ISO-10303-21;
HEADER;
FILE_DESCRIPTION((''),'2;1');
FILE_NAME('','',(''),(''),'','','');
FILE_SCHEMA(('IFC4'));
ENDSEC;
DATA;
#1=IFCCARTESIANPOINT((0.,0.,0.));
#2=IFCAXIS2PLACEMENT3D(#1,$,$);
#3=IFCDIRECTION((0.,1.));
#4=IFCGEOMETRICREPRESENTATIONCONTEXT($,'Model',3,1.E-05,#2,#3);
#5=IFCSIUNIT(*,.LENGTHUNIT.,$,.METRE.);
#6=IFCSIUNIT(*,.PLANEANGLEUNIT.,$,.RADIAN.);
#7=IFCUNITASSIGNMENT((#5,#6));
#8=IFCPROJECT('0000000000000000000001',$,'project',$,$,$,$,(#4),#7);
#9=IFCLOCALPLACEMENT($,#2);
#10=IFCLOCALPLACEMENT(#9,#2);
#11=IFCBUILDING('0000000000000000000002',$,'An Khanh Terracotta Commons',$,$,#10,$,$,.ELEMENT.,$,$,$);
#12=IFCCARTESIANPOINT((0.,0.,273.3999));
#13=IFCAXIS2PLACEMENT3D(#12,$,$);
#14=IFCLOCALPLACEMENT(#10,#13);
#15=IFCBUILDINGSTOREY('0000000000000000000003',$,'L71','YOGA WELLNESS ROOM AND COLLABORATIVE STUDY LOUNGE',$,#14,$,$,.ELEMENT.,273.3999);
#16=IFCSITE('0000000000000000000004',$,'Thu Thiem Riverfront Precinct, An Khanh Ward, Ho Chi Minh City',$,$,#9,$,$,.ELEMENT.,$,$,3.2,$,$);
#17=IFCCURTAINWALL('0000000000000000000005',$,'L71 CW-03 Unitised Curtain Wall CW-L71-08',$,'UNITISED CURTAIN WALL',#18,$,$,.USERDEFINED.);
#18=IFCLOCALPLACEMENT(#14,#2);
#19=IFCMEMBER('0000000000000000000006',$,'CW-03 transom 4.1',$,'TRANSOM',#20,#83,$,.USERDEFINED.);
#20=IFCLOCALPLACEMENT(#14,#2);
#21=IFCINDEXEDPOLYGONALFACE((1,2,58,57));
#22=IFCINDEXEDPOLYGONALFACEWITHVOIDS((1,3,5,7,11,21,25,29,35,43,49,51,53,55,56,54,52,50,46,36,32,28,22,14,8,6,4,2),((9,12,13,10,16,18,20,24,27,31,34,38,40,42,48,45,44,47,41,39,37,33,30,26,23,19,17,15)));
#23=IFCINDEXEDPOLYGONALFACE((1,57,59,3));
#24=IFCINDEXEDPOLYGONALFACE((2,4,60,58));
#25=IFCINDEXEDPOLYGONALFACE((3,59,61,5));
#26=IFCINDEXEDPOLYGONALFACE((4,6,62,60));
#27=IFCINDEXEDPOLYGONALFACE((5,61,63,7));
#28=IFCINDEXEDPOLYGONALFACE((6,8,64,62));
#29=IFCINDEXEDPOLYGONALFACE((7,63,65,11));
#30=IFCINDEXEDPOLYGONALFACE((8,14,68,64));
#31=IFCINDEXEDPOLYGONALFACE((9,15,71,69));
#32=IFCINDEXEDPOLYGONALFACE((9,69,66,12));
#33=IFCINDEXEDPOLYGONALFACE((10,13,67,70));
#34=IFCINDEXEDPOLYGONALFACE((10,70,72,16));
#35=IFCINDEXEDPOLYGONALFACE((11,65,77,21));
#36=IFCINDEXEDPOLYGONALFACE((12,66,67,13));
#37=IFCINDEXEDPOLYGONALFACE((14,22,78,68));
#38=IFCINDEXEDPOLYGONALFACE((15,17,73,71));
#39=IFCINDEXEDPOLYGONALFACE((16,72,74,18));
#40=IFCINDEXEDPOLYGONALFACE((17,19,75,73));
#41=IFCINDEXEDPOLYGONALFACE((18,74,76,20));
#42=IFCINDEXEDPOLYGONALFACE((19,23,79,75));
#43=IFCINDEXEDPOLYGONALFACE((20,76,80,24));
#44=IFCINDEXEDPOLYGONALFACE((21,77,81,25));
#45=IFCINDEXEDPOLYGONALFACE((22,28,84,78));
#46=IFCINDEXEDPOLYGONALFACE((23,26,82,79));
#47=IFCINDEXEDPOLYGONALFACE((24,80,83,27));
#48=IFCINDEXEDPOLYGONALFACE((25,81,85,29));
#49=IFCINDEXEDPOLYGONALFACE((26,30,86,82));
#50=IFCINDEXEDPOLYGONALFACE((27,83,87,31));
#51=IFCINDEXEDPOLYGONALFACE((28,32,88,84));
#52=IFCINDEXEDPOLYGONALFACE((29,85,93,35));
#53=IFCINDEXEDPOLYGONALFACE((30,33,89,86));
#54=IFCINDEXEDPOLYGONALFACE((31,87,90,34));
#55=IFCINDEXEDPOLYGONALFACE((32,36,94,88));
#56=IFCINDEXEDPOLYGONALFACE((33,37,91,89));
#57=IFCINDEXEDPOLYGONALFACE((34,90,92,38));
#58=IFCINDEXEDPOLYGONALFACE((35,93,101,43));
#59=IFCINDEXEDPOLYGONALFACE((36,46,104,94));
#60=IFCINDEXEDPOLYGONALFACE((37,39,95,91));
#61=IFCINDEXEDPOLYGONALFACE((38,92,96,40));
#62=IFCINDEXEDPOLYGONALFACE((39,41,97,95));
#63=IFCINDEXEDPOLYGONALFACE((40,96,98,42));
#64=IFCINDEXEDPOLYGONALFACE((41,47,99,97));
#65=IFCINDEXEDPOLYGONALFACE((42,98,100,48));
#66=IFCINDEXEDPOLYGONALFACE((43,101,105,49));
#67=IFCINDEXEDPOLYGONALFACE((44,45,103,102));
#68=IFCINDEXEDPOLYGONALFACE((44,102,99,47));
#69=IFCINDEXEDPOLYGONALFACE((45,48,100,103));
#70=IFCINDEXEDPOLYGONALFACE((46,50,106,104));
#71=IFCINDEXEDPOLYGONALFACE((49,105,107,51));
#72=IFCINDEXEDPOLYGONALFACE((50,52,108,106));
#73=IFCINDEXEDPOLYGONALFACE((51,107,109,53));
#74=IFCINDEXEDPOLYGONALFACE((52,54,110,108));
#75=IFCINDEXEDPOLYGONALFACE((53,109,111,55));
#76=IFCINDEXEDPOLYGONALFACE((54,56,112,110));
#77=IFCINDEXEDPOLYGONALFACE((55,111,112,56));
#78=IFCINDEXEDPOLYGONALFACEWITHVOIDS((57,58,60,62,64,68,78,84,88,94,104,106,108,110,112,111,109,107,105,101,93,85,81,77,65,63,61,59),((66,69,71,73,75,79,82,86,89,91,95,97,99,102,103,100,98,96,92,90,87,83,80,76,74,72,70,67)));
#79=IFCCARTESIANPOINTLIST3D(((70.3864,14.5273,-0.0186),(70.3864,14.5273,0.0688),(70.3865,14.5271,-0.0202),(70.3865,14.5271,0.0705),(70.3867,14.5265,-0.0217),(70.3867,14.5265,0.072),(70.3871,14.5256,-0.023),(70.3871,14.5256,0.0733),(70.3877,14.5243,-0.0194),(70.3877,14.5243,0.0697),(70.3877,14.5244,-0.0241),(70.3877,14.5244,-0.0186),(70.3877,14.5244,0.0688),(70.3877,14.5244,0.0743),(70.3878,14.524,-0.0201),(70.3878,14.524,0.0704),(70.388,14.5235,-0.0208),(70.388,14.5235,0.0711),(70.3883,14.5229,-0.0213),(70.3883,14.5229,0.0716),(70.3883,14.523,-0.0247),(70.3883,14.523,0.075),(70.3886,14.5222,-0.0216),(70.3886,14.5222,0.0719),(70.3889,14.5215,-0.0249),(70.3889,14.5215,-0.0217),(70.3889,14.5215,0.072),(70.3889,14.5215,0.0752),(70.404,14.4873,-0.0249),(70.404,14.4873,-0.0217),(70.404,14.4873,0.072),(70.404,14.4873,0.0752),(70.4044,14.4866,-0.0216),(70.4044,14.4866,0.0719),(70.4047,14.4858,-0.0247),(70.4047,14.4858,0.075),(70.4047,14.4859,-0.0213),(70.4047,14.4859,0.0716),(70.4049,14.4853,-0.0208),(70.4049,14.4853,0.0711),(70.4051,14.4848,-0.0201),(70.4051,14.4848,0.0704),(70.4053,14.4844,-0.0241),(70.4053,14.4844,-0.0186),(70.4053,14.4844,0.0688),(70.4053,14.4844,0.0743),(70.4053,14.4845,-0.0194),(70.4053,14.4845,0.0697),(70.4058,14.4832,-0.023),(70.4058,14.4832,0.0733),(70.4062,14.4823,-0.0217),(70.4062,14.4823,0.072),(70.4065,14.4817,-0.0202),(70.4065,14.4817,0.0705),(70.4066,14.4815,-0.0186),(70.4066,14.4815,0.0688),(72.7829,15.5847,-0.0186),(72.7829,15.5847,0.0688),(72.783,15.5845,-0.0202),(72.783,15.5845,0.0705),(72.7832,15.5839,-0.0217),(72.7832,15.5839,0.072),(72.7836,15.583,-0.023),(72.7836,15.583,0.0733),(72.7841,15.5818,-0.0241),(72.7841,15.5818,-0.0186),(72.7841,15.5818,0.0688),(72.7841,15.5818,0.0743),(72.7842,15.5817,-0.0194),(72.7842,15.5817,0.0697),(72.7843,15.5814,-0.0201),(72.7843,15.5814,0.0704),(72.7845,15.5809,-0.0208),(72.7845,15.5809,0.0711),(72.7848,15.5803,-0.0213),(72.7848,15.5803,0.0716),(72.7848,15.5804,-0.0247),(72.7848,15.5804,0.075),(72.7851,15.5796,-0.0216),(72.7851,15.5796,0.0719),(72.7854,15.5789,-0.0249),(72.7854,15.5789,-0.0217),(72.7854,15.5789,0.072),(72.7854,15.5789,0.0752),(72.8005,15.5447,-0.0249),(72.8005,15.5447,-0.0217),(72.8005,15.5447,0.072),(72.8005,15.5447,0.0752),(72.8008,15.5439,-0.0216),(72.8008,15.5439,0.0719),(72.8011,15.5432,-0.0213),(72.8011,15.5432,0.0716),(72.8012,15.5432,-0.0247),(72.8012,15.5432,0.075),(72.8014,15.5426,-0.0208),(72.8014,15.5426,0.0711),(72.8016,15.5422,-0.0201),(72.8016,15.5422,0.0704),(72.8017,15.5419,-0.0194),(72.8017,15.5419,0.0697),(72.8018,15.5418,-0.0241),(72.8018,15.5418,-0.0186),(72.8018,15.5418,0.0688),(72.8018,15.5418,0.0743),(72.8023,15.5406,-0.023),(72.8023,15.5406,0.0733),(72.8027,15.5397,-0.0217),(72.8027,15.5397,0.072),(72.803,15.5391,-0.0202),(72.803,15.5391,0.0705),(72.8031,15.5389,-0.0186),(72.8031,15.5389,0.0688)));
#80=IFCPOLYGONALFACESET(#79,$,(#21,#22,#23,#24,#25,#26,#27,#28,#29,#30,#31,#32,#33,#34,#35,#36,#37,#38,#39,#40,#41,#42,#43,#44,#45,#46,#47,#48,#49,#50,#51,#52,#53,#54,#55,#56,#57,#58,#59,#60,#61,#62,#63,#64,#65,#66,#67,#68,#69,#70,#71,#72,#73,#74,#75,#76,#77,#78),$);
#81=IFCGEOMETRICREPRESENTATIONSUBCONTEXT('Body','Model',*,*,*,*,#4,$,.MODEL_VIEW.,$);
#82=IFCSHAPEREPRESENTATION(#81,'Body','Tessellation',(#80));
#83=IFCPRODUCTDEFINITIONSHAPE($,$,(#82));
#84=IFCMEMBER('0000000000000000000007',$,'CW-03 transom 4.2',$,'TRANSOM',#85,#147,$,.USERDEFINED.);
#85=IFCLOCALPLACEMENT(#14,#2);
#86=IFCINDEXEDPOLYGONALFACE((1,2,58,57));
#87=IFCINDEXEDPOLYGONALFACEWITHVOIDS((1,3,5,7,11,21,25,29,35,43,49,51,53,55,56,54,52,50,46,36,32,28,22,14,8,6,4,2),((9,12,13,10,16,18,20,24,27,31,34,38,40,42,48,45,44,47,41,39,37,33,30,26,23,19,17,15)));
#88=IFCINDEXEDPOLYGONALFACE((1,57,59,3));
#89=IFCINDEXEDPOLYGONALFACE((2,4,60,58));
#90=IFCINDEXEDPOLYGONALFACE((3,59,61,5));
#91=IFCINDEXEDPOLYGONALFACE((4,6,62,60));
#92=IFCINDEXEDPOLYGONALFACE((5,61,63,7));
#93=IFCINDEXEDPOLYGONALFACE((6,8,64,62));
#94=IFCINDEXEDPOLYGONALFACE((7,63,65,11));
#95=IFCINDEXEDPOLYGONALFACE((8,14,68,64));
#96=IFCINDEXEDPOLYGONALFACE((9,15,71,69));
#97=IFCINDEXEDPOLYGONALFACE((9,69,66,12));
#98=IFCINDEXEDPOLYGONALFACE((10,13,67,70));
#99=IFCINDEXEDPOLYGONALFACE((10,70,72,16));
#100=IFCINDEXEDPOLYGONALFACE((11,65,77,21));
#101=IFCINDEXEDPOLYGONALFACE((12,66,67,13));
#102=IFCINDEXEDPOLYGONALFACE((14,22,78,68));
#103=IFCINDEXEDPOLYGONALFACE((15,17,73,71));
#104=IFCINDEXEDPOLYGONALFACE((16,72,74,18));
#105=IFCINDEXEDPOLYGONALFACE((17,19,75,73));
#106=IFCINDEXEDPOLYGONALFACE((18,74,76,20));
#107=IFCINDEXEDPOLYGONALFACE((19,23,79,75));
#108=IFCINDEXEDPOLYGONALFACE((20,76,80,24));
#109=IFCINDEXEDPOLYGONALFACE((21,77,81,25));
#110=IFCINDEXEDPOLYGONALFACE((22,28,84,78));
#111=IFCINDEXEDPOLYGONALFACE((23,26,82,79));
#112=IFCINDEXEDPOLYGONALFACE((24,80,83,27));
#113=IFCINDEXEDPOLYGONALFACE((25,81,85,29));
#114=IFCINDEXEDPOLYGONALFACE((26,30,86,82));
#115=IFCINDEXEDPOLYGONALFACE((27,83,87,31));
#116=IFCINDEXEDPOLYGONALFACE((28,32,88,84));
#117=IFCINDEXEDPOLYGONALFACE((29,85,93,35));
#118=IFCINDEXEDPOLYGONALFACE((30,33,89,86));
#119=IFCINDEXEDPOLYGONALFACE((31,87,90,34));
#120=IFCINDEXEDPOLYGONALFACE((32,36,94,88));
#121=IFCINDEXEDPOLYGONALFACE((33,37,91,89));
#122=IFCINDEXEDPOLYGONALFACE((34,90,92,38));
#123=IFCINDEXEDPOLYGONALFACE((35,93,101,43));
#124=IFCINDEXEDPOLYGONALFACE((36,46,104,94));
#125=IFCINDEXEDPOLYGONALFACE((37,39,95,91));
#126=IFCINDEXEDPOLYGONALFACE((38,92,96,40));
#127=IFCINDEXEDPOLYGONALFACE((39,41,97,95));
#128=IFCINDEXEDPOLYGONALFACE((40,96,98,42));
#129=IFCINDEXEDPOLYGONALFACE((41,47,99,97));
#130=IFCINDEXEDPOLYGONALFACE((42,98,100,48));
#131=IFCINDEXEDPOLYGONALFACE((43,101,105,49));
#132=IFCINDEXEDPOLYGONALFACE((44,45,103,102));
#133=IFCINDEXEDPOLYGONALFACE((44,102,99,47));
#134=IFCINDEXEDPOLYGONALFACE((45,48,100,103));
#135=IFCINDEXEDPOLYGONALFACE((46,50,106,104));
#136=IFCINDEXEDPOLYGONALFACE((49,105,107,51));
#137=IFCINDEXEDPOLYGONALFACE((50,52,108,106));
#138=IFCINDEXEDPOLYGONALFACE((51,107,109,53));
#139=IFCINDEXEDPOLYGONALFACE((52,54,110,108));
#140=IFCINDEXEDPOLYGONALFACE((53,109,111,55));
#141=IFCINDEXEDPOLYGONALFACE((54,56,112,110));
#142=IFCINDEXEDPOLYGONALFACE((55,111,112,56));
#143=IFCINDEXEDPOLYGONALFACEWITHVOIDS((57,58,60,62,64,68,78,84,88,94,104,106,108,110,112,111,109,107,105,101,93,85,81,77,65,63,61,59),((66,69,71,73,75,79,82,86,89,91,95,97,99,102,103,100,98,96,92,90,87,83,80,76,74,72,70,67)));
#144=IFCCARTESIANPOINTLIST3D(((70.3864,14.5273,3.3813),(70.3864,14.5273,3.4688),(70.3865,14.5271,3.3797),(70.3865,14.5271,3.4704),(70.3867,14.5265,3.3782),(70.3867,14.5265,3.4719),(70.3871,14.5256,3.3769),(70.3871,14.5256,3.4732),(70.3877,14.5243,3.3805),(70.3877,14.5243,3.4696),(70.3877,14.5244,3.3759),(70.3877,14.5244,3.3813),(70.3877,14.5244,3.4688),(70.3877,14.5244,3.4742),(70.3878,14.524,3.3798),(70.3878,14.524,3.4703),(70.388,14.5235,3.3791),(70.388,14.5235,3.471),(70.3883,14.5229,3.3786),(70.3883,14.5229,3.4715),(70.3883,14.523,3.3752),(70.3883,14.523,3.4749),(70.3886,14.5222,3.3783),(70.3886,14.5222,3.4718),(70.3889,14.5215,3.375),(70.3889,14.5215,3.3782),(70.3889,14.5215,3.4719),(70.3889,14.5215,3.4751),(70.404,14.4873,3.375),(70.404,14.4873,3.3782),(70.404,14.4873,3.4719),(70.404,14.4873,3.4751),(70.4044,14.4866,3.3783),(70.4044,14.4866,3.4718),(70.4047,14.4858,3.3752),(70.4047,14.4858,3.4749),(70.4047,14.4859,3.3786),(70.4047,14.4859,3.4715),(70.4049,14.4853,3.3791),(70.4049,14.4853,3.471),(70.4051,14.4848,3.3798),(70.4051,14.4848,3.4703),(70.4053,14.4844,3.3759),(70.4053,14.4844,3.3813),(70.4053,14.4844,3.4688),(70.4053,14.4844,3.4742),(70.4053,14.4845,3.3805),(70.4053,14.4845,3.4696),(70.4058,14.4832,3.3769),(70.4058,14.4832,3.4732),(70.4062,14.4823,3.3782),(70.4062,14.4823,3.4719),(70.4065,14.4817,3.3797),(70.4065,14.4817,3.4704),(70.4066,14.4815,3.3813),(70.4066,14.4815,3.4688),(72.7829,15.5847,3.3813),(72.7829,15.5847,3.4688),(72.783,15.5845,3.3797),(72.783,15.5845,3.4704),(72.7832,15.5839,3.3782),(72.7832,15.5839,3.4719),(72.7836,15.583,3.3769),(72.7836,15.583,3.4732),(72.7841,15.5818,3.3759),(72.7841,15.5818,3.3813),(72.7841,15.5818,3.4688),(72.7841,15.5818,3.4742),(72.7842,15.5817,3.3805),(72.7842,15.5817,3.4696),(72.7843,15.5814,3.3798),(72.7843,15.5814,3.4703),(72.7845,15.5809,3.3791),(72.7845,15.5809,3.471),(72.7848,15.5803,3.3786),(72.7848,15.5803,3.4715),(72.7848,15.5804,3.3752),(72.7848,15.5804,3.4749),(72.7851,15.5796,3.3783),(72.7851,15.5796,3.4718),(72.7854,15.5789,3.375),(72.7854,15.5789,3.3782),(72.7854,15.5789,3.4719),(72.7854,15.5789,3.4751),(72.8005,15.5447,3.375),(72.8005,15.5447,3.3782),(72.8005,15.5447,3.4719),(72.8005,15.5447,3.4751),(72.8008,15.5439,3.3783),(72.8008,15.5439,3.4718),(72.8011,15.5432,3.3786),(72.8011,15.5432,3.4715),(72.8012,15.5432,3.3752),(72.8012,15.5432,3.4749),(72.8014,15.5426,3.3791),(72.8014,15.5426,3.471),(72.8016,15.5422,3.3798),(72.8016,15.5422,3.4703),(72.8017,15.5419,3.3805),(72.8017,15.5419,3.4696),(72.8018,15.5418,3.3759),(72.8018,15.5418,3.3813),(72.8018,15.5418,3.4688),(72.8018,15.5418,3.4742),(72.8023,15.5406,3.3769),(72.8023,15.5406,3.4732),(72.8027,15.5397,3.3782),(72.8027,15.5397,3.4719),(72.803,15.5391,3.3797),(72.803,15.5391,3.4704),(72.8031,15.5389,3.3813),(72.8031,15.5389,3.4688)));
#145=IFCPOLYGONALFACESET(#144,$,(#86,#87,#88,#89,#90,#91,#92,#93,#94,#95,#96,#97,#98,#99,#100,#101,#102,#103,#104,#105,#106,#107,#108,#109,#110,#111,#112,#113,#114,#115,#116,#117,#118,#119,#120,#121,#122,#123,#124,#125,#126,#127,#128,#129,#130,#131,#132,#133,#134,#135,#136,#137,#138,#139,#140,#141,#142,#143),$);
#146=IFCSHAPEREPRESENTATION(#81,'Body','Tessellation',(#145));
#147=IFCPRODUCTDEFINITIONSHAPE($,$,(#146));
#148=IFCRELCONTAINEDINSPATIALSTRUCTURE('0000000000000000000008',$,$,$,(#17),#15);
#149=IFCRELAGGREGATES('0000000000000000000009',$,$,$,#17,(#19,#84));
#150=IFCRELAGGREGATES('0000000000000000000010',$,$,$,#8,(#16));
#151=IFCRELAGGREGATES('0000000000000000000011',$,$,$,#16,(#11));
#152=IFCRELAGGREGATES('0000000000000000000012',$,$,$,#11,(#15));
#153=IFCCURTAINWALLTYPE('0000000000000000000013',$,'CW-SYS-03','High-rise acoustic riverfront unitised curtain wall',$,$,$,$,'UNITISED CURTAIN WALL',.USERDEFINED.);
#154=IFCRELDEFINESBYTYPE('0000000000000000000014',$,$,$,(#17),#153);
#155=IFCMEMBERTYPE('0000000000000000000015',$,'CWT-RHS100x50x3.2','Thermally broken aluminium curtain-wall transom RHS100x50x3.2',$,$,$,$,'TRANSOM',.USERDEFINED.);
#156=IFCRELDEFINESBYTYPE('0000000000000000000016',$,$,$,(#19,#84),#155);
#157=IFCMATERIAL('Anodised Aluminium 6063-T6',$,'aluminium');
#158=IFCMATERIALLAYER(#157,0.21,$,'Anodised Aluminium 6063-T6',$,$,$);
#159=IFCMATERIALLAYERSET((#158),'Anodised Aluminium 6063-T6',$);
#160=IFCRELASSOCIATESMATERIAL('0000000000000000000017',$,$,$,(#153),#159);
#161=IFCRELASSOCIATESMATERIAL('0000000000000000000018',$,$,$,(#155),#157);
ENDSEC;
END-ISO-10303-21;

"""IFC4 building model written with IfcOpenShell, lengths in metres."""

from ifc_helpers import new_model, si_unit, direction, frame, origin, origin_2d, place, context, subcontext, project, spatial, hollow_rectangle, extrude, material, layer, layer_set, material_profile, profile_set, type_object, element, aggregate, save


model = new_model("IFC4")

# Units and contexts
model_context = context("Model", 3, precision=1e-05, world=origin(), true_north=direction((0.0, 1.0)))
body_context = subcontext(model_context, "Body", "Model", "MODEL_VIEW")
ifc_project = project(units=[si_unit("LENGTHUNIT", "METRE"), si_unit("PLANEANGLEUNIT", "RADIAN")], contexts=[model_context])

# Site, building, storey
site_placement = place(None, origin())
site = spatial("IfcSite", under=ifc_project, at=site_placement, Name="Thu Thiem Riverfront Precinct, An Khanh Ward, Ho Chi Minh City", CompositionType="ELEMENT", RefElevation=3.2)
building_placement = place(site_placement, origin())
building = spatial("IfcBuilding", under=site, at=building_placement, Name="An Khanh Terracotta Commons", CompositionType="ELEMENT")
storey_placement = place(building_placement, frame((0.0, 0.0, 273.3999)))
storey = spatial("IfcBuildingStorey", under=building, at=storey_placement, Name="L71", Description="YOGA WELLNESS ROOM AND COLLABORATIVE STUDY LOUNGE", CompositionType="ELEMENT", Elevation=273.3999)

# Curtain wall
ifc_material_1 = material(Name="Anodised Aluminium 6063-T6", Category="aluminium")
ifc_layer_1 = layer(ifc_material_1, 0.21, Name="Anodised Aluminium 6063-T6")
ifc_layer_set_1 = layer_set([ifc_layer_1], Name="Anodised Aluminium 6063-T6")
curtain_wall_type = type_object("IfcCurtainWallType", Name="CW-SYS-03", Description="High-rise acoustic riverfront unitised curtain wall", ElementType="UNITISED CURTAIN WALL", PredefinedType="USERDEFINED", material=ifc_layer_set_1)
curtain_wall_1_placement = place(storey_placement, origin())
curtain_wall_1 = element("IfcCurtainWall", 1, at=curtain_wall_1_placement, inside=storey, type_object=curtain_wall_type, Name="L71 CW-03 Unitised Curtain Wall CW-L71-08", ObjectType="UNITISED CURTAIN WALL", PredefinedType="USERDEFINED")

# Members
ifc_material_profile_1 = material_profile(ifc_material_1, hollow_rectangle(XDim=0.05, YDim=0.1001, WallThickness=0.0032, InnerFilletRadius=0.0032, OuterFilletRadius=0.0063, at=origin_2d()), Name="RHS100x50x3.2")
ifc_profile_set_1 = profile_set([ifc_material_profile_1], Name="Anodised Aluminium 6063-T6")
member_type_1 = type_object("IfcMemberType", Name="CWT-RHS100x50x3.2", Description="Thermally broken aluminium curtain-wall transom RHS100x50x3.2", ElementType="TRANSOM", PredefinedType="USERDEFINED", material=ifc_profile_set_1)
member_1_placement = place(storey_placement, frame((70.3965, 14.5044, 0.0251), z_axis=(0.914904, 0.403672, 0.0), x_axis=(-0.403672, 0.914904, 0.0)))
member_1 = element("IfcMember", 2, at=member_1_placement, type_object=member_type_1, Name="CW-03 transom 4.1", ObjectType="TRANSOM", PredefinedType="USERDEFINED", context=body_context, shape_type="SweptSolid", body=[
    extrude(hollow_rectangle(XDim=0.05, YDim=0.1001, WallThickness=0.0032, InnerFilletRadius=0.0032, OuterFilletRadius=0.0063, at=origin_2d()), origin(), (0.0, 0.0, 1.0), 2.6194),
])
member_2_placement = place(storey_placement, frame((70.3965, 14.5044, 3.425), z_axis=(0.914904, 0.403672, 0.0), x_axis=(-0.403672, 0.914904, 0.0)))
member_2 = element("IfcMember", 3, at=member_2_placement, type_object=member_type_1, Name="CW-03 transom 4.2", ObjectType="TRANSOM", PredefinedType="USERDEFINED", context=body_context, shape_type="SweptSolid", body=[
    extrude(hollow_rectangle(XDim=0.05, YDim=0.1001, WallThickness=0.0032, InnerFilletRadius=0.0032, OuterFilletRadius=0.0063, at=origin_2d()), origin(), (0.0, 0.0, 1.0), 2.6194),
])

aggregate(curtain_wall_1, [member_1, member_2])

save(model, "model.ifc")
